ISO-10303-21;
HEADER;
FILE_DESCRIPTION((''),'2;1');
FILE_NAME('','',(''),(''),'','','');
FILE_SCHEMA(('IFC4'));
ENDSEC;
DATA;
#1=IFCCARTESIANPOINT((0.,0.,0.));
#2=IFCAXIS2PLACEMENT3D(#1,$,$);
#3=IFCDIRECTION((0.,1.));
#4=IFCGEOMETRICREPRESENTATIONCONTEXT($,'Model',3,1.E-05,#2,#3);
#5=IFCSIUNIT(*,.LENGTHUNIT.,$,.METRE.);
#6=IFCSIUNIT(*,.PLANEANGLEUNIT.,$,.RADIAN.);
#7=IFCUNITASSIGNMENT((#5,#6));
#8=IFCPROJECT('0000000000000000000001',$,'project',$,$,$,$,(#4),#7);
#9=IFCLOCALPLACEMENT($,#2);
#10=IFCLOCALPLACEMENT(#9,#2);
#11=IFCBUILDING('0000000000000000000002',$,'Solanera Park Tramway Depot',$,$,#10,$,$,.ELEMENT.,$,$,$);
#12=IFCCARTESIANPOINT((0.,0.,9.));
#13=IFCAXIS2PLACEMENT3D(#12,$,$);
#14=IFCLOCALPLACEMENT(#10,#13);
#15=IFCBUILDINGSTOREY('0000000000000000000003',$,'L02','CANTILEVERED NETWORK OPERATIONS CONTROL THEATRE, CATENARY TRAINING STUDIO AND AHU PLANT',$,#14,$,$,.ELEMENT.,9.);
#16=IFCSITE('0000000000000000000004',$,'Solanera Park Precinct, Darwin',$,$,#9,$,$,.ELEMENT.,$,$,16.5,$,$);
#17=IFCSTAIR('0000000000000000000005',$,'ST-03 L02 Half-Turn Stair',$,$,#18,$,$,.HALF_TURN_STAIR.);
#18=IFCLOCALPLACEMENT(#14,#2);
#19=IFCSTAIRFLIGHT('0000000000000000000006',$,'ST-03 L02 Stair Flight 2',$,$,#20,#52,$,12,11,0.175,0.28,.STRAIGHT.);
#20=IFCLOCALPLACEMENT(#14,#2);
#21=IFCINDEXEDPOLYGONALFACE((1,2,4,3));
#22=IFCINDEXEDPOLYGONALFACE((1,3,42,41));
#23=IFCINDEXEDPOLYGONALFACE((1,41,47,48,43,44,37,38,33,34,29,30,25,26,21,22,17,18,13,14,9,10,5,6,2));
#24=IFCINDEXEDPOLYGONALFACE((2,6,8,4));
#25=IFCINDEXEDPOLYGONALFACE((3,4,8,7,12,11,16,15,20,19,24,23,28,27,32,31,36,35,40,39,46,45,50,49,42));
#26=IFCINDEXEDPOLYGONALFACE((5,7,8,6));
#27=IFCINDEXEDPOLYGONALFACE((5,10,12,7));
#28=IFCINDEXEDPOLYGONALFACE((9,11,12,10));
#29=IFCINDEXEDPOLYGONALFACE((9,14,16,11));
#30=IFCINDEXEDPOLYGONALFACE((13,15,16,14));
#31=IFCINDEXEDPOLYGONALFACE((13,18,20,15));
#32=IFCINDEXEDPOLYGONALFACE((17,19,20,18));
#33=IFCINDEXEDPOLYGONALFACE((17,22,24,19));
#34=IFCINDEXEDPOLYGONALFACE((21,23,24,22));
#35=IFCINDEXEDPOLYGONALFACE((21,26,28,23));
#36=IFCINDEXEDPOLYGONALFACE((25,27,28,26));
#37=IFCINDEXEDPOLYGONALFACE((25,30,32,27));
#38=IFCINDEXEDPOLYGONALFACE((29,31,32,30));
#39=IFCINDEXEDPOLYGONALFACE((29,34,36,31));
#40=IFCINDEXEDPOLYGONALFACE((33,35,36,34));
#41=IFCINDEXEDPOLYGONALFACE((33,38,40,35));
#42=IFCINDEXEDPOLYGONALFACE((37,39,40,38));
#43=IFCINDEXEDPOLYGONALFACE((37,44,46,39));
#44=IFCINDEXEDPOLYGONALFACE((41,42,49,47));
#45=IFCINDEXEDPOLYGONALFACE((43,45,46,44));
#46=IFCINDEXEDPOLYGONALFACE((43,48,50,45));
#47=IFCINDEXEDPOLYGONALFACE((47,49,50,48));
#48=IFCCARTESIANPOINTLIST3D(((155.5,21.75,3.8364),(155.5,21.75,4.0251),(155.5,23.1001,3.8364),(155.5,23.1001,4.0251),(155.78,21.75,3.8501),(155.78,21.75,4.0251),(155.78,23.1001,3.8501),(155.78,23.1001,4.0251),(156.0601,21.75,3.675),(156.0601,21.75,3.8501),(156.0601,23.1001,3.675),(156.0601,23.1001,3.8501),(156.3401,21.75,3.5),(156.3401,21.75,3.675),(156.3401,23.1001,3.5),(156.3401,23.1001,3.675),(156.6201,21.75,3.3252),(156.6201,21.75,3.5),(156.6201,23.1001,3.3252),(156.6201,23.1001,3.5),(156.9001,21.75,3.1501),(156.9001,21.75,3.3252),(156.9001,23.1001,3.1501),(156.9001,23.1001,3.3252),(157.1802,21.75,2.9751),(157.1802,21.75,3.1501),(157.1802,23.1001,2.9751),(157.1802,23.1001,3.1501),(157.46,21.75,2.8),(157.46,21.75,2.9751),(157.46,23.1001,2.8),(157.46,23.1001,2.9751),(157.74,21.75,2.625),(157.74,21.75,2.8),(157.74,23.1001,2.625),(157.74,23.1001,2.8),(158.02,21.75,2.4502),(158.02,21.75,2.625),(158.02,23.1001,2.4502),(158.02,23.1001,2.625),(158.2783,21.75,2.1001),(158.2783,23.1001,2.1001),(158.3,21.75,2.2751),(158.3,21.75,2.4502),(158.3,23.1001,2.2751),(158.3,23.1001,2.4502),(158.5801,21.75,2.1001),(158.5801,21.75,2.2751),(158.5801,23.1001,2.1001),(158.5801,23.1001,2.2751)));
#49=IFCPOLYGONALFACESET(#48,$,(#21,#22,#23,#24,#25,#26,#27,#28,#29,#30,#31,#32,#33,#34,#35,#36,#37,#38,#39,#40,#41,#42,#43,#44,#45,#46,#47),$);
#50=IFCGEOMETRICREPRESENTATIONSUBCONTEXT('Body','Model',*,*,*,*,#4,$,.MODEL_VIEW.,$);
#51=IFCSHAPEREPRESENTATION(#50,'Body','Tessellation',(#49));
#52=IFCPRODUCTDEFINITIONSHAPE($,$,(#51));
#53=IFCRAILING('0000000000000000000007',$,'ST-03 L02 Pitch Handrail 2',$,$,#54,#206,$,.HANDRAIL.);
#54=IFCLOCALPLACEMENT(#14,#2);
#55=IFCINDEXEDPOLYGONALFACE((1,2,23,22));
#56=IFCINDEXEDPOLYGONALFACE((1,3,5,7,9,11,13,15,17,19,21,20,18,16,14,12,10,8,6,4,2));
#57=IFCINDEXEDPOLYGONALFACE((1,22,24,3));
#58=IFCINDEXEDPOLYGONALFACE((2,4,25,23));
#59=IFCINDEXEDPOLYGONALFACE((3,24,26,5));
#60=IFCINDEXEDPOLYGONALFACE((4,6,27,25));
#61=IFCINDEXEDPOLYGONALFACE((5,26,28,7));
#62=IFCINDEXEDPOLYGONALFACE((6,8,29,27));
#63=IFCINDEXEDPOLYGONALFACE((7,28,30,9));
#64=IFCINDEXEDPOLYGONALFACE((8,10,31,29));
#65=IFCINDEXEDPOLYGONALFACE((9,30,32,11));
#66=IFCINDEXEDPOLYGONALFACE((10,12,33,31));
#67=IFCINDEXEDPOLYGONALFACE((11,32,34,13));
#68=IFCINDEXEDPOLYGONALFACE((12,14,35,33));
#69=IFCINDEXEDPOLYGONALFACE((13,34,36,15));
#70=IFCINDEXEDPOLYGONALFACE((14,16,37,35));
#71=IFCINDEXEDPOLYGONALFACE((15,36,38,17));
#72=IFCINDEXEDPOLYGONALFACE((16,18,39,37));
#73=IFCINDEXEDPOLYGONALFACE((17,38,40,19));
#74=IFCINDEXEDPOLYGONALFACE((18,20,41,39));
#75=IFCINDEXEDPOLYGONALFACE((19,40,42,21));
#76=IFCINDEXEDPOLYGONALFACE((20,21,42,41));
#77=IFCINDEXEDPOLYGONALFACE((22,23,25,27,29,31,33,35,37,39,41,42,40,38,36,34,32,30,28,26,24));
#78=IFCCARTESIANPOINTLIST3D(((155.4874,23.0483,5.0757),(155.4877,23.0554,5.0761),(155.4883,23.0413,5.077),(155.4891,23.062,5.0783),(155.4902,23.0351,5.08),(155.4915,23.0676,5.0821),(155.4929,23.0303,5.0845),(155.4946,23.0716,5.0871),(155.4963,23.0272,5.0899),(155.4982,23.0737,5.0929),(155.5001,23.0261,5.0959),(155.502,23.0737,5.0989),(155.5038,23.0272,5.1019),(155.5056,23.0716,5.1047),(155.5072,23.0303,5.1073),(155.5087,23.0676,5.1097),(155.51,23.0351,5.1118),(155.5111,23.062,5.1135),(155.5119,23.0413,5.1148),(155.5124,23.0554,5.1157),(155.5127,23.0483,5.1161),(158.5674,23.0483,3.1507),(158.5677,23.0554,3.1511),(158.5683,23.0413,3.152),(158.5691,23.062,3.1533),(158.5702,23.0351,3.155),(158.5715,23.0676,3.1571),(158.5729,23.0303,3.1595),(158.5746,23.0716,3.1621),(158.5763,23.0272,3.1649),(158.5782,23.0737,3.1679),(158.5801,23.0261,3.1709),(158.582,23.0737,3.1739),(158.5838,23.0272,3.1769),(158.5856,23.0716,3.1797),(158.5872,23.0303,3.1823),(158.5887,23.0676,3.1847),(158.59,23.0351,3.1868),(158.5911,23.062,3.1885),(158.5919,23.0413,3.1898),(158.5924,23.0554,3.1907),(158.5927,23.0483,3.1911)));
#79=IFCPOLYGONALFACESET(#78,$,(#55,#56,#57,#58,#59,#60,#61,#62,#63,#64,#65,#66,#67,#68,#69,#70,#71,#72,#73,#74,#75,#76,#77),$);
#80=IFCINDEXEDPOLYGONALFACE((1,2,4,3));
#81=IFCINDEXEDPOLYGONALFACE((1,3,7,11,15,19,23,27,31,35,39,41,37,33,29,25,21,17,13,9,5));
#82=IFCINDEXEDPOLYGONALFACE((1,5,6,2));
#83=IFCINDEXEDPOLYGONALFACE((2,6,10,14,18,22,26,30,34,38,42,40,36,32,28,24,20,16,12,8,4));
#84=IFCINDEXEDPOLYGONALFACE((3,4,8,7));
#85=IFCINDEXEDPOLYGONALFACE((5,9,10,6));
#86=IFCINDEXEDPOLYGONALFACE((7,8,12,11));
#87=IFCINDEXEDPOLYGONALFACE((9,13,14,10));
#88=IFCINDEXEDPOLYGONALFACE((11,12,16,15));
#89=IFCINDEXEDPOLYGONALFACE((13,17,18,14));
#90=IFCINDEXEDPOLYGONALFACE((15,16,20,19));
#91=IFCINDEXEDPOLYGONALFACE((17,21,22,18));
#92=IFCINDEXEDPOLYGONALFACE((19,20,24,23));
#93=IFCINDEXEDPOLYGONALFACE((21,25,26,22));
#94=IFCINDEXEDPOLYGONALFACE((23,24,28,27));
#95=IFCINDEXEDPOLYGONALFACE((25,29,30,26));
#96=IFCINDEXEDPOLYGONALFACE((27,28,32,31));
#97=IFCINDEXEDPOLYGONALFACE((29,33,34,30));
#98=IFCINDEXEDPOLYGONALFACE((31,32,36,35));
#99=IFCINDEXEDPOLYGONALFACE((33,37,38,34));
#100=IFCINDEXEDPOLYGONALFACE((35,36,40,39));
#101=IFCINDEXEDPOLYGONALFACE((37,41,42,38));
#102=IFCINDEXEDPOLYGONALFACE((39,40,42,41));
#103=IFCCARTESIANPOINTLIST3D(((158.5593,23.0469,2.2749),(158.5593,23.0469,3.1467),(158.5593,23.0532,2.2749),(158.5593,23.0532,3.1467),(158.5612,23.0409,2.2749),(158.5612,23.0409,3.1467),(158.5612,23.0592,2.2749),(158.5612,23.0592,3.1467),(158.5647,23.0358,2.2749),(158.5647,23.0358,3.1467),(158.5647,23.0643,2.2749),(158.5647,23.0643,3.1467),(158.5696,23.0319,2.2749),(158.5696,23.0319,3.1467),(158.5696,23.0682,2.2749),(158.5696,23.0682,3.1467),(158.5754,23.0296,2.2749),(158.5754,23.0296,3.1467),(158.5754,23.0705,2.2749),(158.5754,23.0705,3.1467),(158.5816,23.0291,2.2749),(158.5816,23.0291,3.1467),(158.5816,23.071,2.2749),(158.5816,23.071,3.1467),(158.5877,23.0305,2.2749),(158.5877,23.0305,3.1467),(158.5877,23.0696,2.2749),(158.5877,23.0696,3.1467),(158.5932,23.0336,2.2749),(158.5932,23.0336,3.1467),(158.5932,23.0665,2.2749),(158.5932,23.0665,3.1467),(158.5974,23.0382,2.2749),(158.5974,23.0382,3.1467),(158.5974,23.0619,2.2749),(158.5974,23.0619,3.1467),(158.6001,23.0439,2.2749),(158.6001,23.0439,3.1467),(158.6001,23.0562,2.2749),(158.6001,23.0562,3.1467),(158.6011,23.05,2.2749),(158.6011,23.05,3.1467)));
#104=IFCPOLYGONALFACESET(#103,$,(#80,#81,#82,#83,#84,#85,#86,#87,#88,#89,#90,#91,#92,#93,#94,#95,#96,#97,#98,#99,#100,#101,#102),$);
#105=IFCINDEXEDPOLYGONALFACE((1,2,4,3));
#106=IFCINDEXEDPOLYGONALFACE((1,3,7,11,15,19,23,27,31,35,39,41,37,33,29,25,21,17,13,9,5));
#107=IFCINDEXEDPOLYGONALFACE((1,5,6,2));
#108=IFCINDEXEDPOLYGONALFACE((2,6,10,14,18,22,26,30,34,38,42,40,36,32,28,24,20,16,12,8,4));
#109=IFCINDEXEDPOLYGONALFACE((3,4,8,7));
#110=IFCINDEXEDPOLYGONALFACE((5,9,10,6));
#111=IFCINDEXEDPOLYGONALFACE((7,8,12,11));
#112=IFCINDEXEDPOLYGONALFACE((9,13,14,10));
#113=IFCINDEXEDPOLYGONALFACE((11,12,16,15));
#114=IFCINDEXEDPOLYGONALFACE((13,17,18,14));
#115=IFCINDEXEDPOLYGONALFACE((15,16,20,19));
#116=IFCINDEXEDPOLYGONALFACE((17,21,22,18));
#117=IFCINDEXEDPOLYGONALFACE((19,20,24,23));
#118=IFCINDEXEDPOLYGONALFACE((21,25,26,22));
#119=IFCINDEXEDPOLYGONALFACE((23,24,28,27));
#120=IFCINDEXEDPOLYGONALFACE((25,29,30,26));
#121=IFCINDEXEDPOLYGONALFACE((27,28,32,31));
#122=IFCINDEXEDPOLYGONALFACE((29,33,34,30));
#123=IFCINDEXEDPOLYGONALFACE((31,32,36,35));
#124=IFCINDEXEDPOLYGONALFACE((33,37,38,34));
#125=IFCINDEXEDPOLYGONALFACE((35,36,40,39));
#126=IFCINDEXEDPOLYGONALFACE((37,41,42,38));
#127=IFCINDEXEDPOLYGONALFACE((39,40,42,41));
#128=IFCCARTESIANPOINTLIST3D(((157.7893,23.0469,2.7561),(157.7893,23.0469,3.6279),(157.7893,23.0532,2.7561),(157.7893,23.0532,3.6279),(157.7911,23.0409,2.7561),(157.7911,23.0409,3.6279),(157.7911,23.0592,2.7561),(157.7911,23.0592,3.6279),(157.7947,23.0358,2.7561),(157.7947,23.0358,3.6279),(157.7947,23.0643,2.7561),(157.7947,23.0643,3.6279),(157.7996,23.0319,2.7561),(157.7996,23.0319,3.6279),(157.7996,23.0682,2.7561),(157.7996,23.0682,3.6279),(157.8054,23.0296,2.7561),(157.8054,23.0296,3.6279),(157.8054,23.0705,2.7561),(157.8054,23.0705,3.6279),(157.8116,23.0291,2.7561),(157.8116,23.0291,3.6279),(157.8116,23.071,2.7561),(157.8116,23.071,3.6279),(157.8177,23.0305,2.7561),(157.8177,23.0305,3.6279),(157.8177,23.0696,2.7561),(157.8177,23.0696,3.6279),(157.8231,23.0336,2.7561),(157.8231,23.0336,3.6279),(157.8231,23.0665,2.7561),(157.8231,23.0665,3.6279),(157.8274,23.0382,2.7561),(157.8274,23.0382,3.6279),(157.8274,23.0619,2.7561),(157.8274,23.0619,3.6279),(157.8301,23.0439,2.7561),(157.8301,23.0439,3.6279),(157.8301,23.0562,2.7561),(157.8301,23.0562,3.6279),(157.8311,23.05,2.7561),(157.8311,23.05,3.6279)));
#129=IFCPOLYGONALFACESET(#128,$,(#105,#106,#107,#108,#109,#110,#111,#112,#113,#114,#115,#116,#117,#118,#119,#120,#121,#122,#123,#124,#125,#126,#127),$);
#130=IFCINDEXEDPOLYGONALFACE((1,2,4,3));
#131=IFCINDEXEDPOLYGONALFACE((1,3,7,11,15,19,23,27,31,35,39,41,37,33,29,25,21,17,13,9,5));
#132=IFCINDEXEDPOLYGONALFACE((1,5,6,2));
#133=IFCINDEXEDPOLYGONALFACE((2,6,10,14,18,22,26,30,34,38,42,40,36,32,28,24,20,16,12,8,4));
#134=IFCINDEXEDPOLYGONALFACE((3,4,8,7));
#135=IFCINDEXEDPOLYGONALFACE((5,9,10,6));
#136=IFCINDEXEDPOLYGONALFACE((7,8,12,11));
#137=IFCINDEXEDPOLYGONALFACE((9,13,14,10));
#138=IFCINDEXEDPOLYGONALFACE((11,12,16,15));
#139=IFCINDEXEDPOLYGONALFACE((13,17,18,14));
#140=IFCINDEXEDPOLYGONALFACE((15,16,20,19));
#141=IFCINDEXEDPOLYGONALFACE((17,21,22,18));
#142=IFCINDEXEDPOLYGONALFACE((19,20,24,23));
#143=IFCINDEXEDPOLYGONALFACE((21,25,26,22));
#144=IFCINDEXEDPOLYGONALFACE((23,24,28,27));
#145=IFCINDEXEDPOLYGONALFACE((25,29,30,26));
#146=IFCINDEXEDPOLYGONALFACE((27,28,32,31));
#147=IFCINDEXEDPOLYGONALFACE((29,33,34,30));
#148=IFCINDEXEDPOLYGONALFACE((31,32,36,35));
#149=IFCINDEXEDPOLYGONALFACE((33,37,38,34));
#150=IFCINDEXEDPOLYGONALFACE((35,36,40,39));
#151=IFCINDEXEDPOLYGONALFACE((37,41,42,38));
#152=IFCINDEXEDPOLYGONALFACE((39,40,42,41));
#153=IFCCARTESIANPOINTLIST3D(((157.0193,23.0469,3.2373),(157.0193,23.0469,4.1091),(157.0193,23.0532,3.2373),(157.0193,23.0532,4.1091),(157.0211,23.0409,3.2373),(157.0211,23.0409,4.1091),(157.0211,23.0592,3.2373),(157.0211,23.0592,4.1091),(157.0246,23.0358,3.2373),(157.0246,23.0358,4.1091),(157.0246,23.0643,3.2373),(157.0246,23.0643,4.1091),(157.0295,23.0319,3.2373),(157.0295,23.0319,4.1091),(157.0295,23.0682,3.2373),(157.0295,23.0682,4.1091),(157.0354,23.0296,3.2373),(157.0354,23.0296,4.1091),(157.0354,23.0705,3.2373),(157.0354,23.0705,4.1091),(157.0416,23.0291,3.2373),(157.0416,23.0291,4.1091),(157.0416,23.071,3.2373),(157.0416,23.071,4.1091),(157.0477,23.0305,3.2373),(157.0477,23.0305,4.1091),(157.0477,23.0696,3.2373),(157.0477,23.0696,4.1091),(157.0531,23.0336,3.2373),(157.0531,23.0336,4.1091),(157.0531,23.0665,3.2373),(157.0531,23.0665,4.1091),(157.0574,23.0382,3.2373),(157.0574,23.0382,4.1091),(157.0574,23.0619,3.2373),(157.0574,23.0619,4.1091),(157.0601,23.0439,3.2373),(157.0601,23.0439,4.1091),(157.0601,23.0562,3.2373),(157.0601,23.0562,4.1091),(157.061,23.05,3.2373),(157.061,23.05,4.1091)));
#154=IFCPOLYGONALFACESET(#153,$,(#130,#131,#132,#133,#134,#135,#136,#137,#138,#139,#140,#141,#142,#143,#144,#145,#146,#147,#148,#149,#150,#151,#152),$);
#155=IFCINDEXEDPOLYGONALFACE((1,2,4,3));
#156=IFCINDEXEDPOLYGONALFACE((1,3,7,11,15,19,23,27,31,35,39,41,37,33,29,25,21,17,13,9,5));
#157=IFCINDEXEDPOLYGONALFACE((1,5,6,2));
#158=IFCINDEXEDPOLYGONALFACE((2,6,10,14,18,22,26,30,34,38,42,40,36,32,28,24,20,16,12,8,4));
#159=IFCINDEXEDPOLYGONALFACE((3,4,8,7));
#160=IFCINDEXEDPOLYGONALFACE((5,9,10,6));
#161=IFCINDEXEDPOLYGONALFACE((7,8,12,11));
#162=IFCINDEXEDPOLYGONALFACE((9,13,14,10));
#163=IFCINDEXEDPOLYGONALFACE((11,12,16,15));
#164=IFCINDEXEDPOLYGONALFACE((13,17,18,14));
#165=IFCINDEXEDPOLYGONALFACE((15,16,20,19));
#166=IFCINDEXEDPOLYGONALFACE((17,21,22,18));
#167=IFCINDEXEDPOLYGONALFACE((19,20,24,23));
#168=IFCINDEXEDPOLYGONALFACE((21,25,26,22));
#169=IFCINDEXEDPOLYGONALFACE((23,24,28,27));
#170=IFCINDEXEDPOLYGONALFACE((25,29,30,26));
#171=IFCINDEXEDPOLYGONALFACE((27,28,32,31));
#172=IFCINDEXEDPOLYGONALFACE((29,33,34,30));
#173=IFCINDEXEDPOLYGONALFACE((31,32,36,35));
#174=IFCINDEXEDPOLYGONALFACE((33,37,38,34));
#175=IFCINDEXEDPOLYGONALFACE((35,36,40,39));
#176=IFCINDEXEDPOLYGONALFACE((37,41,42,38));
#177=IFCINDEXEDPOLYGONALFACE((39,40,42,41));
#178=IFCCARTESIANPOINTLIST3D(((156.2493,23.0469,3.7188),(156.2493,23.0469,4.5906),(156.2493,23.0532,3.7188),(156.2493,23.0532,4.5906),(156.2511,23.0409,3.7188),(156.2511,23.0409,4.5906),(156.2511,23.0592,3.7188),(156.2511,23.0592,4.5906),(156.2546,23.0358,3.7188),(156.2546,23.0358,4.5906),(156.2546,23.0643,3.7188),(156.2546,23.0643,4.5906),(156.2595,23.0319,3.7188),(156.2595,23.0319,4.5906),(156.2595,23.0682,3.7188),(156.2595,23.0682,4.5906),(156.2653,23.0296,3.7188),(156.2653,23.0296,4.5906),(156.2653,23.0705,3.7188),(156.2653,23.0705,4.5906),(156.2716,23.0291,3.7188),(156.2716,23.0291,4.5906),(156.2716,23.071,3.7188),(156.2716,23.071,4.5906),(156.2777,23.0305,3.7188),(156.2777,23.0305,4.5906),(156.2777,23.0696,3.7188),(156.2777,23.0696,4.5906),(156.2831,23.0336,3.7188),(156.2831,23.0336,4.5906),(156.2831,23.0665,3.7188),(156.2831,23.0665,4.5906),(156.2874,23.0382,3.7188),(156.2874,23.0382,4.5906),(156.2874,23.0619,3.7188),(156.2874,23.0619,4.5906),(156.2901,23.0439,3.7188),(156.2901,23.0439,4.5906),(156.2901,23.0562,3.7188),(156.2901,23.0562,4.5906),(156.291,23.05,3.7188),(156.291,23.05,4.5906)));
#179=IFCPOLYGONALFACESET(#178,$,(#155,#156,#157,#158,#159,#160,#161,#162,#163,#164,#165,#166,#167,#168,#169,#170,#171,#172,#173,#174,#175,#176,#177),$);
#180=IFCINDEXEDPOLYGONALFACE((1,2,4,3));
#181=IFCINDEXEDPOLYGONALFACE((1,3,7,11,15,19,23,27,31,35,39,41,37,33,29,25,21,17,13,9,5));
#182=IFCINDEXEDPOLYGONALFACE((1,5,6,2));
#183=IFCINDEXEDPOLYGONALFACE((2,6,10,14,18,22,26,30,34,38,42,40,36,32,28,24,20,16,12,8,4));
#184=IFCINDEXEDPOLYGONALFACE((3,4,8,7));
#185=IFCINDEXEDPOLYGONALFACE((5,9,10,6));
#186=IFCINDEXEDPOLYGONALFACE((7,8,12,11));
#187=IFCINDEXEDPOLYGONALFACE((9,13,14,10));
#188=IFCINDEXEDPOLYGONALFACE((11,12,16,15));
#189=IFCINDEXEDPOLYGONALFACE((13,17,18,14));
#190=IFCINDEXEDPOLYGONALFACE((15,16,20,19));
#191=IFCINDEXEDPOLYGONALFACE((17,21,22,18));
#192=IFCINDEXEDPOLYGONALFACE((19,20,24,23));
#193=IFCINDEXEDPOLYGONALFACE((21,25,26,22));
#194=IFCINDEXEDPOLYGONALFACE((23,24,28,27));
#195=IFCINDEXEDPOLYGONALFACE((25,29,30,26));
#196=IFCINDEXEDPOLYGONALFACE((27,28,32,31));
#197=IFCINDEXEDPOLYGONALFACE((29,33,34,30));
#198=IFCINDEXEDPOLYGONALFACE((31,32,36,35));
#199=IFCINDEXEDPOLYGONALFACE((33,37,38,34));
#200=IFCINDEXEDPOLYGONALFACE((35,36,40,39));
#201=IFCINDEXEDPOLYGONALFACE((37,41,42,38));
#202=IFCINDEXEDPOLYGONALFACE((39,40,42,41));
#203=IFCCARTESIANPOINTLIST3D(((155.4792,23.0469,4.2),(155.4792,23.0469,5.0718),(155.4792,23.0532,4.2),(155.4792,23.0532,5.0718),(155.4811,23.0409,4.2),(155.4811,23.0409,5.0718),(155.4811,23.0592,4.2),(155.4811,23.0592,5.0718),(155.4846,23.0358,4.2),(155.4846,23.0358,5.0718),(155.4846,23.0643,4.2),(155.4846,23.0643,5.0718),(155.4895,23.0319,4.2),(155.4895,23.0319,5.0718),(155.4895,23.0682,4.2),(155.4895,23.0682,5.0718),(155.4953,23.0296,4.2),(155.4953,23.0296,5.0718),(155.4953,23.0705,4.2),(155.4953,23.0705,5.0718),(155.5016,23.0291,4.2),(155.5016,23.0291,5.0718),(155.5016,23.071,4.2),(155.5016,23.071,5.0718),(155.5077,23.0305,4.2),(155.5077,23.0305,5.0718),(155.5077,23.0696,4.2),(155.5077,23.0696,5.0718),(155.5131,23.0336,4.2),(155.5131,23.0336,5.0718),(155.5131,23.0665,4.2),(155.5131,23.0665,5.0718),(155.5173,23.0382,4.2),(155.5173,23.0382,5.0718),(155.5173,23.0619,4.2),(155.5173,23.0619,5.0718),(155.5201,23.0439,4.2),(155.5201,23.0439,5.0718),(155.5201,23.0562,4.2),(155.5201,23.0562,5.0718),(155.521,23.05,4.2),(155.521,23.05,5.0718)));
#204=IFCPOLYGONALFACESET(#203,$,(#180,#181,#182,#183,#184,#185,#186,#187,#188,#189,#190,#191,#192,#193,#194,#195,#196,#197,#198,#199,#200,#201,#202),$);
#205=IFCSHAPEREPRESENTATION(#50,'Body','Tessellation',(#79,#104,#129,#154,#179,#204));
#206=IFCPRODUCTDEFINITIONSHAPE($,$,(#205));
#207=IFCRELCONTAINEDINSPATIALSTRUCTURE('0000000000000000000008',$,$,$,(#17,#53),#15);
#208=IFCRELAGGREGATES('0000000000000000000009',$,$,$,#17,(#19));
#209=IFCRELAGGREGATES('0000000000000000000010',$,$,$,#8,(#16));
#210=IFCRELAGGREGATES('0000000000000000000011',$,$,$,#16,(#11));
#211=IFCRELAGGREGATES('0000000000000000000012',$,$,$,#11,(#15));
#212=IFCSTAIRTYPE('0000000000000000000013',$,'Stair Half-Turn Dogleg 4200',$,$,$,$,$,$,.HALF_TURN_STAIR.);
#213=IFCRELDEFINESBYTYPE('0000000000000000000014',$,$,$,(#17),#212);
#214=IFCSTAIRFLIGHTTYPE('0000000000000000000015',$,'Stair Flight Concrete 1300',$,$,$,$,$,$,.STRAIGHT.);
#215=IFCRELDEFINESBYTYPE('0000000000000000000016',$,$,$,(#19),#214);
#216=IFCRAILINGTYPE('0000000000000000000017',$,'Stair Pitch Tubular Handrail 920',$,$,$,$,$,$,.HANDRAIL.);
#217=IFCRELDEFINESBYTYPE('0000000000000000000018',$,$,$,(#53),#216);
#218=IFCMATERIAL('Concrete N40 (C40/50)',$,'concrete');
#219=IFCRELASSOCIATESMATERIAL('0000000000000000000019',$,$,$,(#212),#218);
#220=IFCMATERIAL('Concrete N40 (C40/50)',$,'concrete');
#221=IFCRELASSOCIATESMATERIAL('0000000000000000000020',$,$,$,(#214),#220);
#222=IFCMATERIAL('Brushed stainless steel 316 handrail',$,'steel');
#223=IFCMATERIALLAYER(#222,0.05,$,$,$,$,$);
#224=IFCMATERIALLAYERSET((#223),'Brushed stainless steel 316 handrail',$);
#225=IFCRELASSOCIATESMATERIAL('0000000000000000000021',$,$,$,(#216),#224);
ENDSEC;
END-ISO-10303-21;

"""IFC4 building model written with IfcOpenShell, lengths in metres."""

from ifc_helpers import new_model, si_unit, direction, frame, origin, origin_2d, place, context, subcontext, project, spatial, polyline, circle, outline, extrude, material, layer, layer_set, type_object, element, aggregate, save


model = new_model("IFC4")

# Units and contexts
model_context = context("Model", 3, precision=1e-05, world=origin(), true_north=direction((0.0, 1.0)))
body_context = subcontext(model_context, "Body", "Model", "MODEL_VIEW")
ifc_project = project(units=[si_unit("LENGTHUNIT", "METRE"), si_unit("PLANEANGLEUNIT", "RADIAN")], contexts=[model_context])

# Site, building, storey
site_placement = place(None, origin())
site = spatial("IfcSite", under=ifc_project, at=site_placement, Name="Solanera Park Precinct, Darwin", CompositionType="ELEMENT", RefElevation=16.5)
building_placement = place(site_placement, origin())
building = spatial("IfcBuilding", under=site, at=building_placement, Name="Solanera Park Tramway Depot", CompositionType="ELEMENT")
storey_placement = place(building_placement, frame((0.0, 0.0, 9.0)))
storey = spatial("IfcBuildingStorey", under=building, at=storey_placement, Name="L02", Description="CANTILEVERED NETWORK OPERATIONS CONTROL THEATRE, CATENARY TRAINING STUDIO AND AHU PLANT", CompositionType="ELEMENT", Elevation=9.0)

# Stair, stair flight
ifc_material_1 = material(Name="Concrete N40 (C40/50)", Category="concrete")
stair_type = type_object("IfcStairType", Name="Stair Half-Turn Dogleg 4200", PredefinedType="HALF_TURN_STAIR", material=ifc_material_1)
stair_placement = place(storey_placement, origin())
stair = element("IfcStair", 1, at=stair_placement, inside=storey, type_object=stair_type, Name="ST-03 L02 Half-Turn Stair", PredefinedType="HALF_TURN_STAIR")
ifc_material_2 = material(Name="Concrete N40 (C40/50)", Category="concrete")
stair_flight_type = type_object("IfcStairFlightType", Name="Stair Flight Concrete 1300", PredefinedType="STRAIGHT", material=ifc_material_2)
stair_flight_placement = place(storey_placement, frame((158.5801, 22.425, 2.1001), z_axis=(0.0, 0.0, 1.0), x_axis=(-1.0, 0.0, 0.0)))
stair_flight = element("IfcStairFlight", 2, at=stair_flight_placement, type_object=stair_flight_type, Name="ST-03 L02 Stair Flight 2", NumberOfRisers=12, NumberOfTreads=11, PredefinedType="STRAIGHT", RiserHeight=0.175, TreadLength=0.28, context=body_context, shape_type="SweptSolid", body=[
    extrude(outline(polyline([(0.0, 0.0), (0.0, 0.175), (0.28, 0.175), (0.28, 0.3501), (0.5601, 0.3501), (0.5601, 0.5249), (0.8401, 0.5249), (0.8401, 0.7), (1.1201, 0.7), (1.1201, 0.875), (1.3999, 0.875), (1.3999, 1.05), (1.6799, 1.05), (1.6799, 1.2251), (1.96, 1.2251), (1.96, 1.3999), (2.24, 1.3999), (2.24, 1.575), (2.52, 1.575), (2.52, 1.75), (2.8, 1.75), (2.8, 1.925), (3.0801, 1.925), (3.0801, 2.1001), (3.0801, 1.7363), (0.3018, 0.0), (0.0, 0.0)])), frame((0.0, 0.675, 0.0), z_axis=(0.0, -1.0, 0.0), x_axis=(1.0, 0.0, 0.0)), (0.0, 0.0, 1.0), 1.3501),
])
aggregate(stair, [stair_flight])

# Railing
ifc_material_3 = material(Name="Brushed stainless steel 316 handrail", Category="steel")
ifc_layer_1 = layer(ifc_material_3, 0.05)
ifc_layer_set_1 = layer_set([ifc_layer_1], Name="Brushed stainless steel 316 handrail")
railing_type_1 = type_object("IfcRailingType", Name="Stair Pitch Tubular Handrail 920", PredefinedType="HANDRAIL", material=ifc_layer_set_1)
railing_1_placement = place(storey_placement, frame((158.5801, 23.05, 2.2749)))
element("IfcRailing", 3, at=railing_1_placement, inside=storey, type_object=railing_type_1, Name="ST-03 L02 Pitch Handrail 2", PredefinedType="HANDRAIL", context=body_context, shape_type="SweptSolid", body=[
    extrude(circle(Radius=0.0239, at=origin_2d()), frame((0.0, 0.0, 0.896), z_axis=(-0.847998, 0.0, 0.529999), x_axis=(0.0, -1.0, 0.0)), (0.0, 0.0, 1.0), 3.6321),
    extrude(circle(Radius=0.021, at=origin_2d()), origin(), (0.0, 0.0, 1.0), 0.8718),
    extrude(circle(Radius=0.021, at=origin_2d()), frame((-0.77, 0.0, 0.4812)), (0.0, 0.0, 1.0), 0.8718),
    extrude(circle(Radius=0.021, at=origin_2d()), frame((-1.54, 0.0, 0.9624)), (0.0, 0.0, 1.0), 0.8718),
    extrude(circle(Radius=0.021, at=origin_2d()), frame((-2.3101, 0.0, 1.4438)), (0.0, 0.0, 1.0), 0.8718),
    extrude(circle(Radius=0.021, at=origin_2d()), frame((-3.0801, 0.0, 1.925)), (0.0, 0.0, 1.0), 0.8718),
])

save(model, "model.ifc")
